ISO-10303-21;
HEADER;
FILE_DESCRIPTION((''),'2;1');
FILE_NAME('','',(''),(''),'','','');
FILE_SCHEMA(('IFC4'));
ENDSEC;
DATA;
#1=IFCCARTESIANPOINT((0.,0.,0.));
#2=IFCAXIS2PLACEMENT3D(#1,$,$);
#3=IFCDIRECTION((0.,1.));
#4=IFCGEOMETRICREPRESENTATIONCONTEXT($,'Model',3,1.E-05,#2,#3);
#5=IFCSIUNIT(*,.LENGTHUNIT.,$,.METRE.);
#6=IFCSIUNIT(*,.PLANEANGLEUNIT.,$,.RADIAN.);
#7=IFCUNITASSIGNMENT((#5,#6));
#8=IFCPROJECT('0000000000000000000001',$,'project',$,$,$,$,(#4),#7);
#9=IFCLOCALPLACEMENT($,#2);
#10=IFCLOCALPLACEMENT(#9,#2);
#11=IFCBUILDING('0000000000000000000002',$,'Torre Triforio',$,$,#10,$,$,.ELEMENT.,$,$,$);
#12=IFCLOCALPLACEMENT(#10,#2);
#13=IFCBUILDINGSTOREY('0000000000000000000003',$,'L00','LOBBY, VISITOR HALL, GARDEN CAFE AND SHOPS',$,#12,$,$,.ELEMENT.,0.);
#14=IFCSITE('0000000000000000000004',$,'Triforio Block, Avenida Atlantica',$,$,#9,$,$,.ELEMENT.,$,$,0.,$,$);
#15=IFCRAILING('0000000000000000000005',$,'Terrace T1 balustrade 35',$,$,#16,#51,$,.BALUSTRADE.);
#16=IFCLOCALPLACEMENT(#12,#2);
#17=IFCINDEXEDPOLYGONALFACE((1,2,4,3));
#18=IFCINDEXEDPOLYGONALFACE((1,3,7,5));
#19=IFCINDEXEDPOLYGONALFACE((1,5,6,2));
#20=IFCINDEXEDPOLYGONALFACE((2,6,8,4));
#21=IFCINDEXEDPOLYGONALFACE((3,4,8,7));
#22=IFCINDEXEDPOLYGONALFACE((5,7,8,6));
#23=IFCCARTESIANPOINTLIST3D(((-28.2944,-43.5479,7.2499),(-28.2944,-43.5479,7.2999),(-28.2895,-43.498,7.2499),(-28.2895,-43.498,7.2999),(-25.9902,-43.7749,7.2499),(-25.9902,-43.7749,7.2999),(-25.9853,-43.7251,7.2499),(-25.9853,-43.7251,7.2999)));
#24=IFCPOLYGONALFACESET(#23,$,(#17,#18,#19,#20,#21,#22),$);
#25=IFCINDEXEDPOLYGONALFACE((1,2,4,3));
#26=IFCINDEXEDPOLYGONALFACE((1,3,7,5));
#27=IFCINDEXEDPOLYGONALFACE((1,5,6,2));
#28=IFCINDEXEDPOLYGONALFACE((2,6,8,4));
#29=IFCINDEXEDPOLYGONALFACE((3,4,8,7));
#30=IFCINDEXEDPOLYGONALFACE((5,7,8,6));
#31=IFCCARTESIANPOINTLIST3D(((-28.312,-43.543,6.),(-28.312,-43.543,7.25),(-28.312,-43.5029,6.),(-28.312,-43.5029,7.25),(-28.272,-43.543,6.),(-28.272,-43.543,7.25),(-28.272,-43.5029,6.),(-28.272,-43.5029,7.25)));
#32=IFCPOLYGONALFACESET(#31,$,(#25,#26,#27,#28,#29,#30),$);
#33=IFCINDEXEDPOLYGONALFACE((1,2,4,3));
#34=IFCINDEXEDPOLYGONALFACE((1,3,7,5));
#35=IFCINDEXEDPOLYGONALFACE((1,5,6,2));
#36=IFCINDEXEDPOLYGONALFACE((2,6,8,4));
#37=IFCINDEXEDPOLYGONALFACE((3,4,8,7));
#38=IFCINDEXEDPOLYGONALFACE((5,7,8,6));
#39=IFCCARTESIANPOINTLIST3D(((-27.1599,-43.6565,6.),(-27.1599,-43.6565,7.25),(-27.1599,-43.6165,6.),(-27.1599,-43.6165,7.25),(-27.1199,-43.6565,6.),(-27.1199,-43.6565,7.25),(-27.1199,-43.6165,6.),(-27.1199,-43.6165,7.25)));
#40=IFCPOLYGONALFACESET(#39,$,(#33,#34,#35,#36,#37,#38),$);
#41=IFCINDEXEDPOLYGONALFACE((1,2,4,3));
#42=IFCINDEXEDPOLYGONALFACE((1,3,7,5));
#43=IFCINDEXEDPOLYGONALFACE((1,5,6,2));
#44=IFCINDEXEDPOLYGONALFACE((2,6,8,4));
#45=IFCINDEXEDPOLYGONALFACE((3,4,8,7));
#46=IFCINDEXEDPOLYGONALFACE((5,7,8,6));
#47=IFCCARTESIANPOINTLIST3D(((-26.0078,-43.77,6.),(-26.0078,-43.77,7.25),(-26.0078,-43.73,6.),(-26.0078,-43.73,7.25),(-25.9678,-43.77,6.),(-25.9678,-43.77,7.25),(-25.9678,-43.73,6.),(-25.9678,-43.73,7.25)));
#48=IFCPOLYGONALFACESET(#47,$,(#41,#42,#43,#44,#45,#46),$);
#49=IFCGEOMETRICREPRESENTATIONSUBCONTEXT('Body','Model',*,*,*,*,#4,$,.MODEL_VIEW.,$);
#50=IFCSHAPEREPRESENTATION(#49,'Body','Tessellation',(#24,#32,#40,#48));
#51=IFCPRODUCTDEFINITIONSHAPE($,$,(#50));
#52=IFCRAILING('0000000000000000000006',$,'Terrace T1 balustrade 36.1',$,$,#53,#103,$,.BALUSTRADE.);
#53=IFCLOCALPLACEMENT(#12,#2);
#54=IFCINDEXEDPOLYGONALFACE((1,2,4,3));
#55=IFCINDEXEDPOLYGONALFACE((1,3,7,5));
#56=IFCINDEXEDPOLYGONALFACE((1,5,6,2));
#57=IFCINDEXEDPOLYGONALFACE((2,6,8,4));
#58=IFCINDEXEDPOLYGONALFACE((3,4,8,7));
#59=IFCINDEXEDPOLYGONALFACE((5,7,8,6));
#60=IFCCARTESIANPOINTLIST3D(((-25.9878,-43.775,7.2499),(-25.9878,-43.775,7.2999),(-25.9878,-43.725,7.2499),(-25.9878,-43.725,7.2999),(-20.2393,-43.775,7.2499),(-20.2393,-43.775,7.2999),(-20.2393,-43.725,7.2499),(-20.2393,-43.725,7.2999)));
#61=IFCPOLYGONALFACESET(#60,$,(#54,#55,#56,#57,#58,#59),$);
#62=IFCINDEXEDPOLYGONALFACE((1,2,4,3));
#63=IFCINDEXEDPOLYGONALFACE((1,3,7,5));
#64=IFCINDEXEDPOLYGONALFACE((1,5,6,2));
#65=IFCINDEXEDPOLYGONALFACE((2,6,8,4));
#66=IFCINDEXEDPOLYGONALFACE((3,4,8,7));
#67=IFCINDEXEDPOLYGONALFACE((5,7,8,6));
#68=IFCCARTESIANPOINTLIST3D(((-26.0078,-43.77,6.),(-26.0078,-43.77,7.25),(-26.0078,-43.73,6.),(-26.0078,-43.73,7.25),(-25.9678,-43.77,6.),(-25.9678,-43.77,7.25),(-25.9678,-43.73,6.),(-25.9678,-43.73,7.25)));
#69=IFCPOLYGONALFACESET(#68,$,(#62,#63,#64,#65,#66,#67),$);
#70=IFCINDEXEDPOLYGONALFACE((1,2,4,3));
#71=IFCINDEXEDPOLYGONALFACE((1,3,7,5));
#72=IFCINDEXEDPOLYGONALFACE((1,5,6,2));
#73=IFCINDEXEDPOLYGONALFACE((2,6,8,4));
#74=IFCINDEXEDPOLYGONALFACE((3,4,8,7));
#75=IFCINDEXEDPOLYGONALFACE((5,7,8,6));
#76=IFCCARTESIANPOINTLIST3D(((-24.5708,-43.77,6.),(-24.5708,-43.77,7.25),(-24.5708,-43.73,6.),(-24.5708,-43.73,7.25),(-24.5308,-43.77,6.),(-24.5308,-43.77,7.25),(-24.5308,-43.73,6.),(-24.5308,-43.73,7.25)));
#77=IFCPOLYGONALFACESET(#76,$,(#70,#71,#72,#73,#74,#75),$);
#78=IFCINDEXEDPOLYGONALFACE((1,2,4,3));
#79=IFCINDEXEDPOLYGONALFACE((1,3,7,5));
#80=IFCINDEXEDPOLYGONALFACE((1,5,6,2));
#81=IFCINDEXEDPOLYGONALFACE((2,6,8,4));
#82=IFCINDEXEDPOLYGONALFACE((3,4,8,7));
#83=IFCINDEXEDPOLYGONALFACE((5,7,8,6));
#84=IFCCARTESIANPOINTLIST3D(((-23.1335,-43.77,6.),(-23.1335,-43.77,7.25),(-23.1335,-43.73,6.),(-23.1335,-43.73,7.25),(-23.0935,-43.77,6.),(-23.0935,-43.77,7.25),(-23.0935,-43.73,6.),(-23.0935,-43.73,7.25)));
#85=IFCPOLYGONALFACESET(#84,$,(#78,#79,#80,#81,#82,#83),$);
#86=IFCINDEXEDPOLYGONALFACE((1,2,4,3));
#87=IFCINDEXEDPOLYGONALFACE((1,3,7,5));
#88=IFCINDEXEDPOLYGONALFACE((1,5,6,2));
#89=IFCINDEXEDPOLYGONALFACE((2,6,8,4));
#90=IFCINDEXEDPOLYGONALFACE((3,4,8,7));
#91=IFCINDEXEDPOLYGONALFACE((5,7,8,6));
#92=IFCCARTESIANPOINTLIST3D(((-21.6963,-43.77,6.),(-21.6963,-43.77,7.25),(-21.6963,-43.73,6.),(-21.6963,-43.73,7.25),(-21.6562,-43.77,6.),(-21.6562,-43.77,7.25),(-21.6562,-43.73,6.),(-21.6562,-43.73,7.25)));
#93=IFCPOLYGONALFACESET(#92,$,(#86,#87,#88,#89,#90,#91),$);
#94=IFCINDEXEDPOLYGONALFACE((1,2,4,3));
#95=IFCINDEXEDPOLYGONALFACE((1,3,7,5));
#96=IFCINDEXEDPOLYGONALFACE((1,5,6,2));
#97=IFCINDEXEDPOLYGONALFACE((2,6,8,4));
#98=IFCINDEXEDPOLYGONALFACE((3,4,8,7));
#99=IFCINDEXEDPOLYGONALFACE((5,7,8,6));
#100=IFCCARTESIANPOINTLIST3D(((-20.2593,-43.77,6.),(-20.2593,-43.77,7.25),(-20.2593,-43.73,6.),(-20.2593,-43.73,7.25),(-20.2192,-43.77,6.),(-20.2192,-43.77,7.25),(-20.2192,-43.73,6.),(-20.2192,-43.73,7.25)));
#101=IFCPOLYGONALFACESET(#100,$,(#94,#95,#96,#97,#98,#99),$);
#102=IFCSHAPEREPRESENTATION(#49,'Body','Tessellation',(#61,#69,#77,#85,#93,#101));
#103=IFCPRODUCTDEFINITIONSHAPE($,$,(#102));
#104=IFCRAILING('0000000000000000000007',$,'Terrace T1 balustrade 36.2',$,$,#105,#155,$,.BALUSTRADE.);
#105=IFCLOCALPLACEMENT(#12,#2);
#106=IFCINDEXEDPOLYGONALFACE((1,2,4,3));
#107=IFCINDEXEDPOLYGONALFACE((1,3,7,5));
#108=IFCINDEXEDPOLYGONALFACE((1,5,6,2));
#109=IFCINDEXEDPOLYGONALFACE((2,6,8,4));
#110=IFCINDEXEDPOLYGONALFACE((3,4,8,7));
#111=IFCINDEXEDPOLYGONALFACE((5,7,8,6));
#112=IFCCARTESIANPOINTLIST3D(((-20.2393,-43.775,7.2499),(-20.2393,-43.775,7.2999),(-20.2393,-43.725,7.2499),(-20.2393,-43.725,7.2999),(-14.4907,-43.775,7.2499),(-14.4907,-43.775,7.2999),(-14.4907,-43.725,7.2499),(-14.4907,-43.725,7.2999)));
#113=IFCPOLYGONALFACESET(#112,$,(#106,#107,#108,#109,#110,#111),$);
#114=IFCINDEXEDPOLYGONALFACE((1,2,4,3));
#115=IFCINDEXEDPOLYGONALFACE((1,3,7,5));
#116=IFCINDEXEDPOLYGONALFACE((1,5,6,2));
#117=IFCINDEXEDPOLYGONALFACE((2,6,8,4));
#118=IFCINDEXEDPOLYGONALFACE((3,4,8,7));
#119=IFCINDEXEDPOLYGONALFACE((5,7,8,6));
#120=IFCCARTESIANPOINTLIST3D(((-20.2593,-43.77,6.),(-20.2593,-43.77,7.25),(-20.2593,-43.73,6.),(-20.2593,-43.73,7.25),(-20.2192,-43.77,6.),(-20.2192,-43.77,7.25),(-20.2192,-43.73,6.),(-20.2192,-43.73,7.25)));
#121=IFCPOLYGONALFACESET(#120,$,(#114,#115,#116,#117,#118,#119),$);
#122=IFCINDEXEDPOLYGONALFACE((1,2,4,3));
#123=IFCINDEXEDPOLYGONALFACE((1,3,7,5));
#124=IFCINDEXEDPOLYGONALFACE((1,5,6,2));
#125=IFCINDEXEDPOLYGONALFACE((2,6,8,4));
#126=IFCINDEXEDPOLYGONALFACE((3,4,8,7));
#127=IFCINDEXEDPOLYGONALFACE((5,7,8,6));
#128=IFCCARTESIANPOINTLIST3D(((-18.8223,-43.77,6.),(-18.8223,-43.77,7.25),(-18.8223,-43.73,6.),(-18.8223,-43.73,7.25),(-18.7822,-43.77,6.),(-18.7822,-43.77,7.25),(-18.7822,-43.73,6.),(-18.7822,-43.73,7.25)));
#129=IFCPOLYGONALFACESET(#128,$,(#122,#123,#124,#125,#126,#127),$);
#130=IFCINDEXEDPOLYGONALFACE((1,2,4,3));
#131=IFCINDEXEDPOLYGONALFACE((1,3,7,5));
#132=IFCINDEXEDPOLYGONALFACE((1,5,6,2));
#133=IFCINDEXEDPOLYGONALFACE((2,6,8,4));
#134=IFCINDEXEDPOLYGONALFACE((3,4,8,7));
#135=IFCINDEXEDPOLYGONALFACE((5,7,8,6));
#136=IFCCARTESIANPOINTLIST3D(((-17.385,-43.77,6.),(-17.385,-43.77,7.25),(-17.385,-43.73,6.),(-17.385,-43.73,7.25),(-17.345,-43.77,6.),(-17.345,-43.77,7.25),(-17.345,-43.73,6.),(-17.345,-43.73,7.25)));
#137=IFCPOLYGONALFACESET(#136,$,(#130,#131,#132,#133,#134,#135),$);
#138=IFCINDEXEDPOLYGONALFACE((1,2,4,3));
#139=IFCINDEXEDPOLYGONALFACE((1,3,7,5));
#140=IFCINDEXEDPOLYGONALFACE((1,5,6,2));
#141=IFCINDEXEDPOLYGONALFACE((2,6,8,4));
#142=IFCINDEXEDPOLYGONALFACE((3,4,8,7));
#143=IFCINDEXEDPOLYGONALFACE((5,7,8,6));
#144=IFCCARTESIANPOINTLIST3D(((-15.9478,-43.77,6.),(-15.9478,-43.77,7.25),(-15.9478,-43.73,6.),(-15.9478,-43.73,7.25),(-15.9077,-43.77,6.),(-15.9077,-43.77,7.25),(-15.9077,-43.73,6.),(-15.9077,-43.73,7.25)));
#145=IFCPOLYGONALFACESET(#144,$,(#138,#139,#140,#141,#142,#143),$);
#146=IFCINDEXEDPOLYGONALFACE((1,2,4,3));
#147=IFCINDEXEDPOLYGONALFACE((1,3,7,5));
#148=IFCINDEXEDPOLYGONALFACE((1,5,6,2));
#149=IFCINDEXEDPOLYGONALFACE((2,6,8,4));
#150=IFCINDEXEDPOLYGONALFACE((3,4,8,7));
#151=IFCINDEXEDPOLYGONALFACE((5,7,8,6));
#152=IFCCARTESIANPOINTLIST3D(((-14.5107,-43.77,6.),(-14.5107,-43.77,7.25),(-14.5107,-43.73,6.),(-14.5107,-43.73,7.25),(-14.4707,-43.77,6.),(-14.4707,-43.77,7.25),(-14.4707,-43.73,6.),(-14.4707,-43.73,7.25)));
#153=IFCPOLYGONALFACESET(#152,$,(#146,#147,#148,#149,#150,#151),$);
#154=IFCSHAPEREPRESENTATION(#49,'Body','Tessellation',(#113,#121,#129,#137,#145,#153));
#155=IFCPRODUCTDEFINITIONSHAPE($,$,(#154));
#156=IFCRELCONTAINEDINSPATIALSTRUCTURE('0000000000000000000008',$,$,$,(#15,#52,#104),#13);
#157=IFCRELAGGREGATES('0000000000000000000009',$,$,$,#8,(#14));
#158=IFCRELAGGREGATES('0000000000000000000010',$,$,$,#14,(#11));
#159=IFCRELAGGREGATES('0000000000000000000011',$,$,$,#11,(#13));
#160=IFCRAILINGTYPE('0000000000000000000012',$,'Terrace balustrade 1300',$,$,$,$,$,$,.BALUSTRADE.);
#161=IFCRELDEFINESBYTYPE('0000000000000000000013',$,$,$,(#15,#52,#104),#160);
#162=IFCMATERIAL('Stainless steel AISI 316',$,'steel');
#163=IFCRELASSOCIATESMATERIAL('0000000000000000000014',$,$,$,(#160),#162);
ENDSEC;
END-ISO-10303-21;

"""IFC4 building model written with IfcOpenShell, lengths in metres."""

from ifc_helpers import new_model, si_unit, direction, frame, origin, origin_2d, place, context, subcontext, project, spatial, rectangle, extrude, material, type_object, element, save


model = new_model("IFC4")

# Units and contexts
model_context = context("Model", 3, precision=1e-05, world=origin(), true_north=direction((0.0, 1.0)))
body_context = subcontext(model_context, "Body", "Model", "MODEL_VIEW")
ifc_project = project(units=[si_unit("LENGTHUNIT", "METRE"), si_unit("PLANEANGLEUNIT", "RADIAN")], contexts=[model_context])

# Site, building, storey
site_placement = place(None, origin())
site = spatial("IfcSite", under=ifc_project, at=site_placement, Name="Triforio Block, Avenida Atlantica", CompositionType="ELEMENT", RefElevation=0.0)
building_placement = place(site_placement, origin())
building = spatial("IfcBuilding", under=site, at=building_placement, Name="Torre Triforio", CompositionType="ELEMENT")
storey_placement = place(building_placement, origin())
storey = spatial("IfcBuildingStorey", under=building, at=storey_placement, Name="L00", Description="LOBBY, VISITOR HALL, GARDEN CAFE AND SHOPS", CompositionType="ELEMENT", Elevation=0.0)

# Railings
ifc_material_1 = material(Name="Stainless steel AISI 316", Category="steel")
railing_type_1 = type_object("IfcRailingType", Name="Terrace balustrade 1300", PredefinedType="BALUSTRADE", material=ifc_material_1)
railing_1_placement = place(storey_placement, frame((-28.292, -43.5229, 6.0)))
element("IfcRailing", 1, at=railing_1_placement, inside=storey, type_object=railing_type_1, Name="Terrace T1 balustrade 35", PredefinedType="BALUSTRADE", context=body_context, shape_type="SweptSolid", body=[
    extrude(rectangle(XDim=0.05, YDim=0.05, at=origin_2d()), frame((0.0, 0.0, 1.2749), z_axis=(0.99518, -0.098063, 0.0), x_axis=(0.098063, 0.99518, 0.0)), (0.0, 0.0, 1.0), 2.3154),
    extrude(rectangle(XDim=0.04, YDim=0.04, at=origin_2d()), origin(), (0.0, 0.0, 1.0), 1.25),
    extrude(rectangle(XDim=0.04, YDim=0.04, at=origin_2d()), frame((1.1521, -0.1135, 0.0)), (0.0, 0.0, 1.0), 1.25),
    extrude(rectangle(XDim=0.04, YDim=0.04, at=origin_2d()), frame((2.3042, -0.2271, 0.0)), (0.0, 0.0, 1.0), 1.25),
])
for number, where, name in (
    (2, (-25.9878, -43.75, 6.0), "Terrace T1 balustrade 36.1"),
    (3, (-20.2393, -43.75, 6.0), "Terrace T1 balustrade 36.2"),
):
    element("IfcRailing", number, at=place(storey_placement, frame(where)), inside=storey, type_object=railing_type_1, Name=name, PredefinedType="BALUSTRADE", context=body_context, shape_type="SweptSolid", body=[
        extrude(rectangle(XDim=0.05, YDim=0.05, at=origin_2d()), frame((0.0, 0.0, 1.2749), z_axis=(1.0, 0.0, 0.0), x_axis=(0.0, 1.0, 0.0)), (0.0, 0.0, 1.0), 5.7485),
        extrude(rectangle(XDim=0.04, YDim=0.04, at=origin_2d()), origin(), (0.0, 0.0, 1.0), 1.25),
        extrude(rectangle(XDim=0.04, YDim=0.04, at=origin_2d()), frame((1.437, 0.0, 0.0)), (0.0, 0.0, 1.0), 1.25),
        extrude(rectangle(XDim=0.04, YDim=0.04, at=origin_2d()), frame((2.8743, 0.0, 0.0)), (0.0, 0.0, 1.0), 1.25),
        extrude(rectangle(XDim=0.04, YDim=0.04, at=origin_2d()), frame((4.3115, 0.0, 0.0)), (0.0, 0.0, 1.0), 1.25),
        extrude(rectangle(XDim=0.04, YDim=0.04, at=origin_2d()), frame((5.7485, 0.0, 0.0)), (0.0, 0.0, 1.0), 1.25),
    ])

save(model, "model.ifc")
